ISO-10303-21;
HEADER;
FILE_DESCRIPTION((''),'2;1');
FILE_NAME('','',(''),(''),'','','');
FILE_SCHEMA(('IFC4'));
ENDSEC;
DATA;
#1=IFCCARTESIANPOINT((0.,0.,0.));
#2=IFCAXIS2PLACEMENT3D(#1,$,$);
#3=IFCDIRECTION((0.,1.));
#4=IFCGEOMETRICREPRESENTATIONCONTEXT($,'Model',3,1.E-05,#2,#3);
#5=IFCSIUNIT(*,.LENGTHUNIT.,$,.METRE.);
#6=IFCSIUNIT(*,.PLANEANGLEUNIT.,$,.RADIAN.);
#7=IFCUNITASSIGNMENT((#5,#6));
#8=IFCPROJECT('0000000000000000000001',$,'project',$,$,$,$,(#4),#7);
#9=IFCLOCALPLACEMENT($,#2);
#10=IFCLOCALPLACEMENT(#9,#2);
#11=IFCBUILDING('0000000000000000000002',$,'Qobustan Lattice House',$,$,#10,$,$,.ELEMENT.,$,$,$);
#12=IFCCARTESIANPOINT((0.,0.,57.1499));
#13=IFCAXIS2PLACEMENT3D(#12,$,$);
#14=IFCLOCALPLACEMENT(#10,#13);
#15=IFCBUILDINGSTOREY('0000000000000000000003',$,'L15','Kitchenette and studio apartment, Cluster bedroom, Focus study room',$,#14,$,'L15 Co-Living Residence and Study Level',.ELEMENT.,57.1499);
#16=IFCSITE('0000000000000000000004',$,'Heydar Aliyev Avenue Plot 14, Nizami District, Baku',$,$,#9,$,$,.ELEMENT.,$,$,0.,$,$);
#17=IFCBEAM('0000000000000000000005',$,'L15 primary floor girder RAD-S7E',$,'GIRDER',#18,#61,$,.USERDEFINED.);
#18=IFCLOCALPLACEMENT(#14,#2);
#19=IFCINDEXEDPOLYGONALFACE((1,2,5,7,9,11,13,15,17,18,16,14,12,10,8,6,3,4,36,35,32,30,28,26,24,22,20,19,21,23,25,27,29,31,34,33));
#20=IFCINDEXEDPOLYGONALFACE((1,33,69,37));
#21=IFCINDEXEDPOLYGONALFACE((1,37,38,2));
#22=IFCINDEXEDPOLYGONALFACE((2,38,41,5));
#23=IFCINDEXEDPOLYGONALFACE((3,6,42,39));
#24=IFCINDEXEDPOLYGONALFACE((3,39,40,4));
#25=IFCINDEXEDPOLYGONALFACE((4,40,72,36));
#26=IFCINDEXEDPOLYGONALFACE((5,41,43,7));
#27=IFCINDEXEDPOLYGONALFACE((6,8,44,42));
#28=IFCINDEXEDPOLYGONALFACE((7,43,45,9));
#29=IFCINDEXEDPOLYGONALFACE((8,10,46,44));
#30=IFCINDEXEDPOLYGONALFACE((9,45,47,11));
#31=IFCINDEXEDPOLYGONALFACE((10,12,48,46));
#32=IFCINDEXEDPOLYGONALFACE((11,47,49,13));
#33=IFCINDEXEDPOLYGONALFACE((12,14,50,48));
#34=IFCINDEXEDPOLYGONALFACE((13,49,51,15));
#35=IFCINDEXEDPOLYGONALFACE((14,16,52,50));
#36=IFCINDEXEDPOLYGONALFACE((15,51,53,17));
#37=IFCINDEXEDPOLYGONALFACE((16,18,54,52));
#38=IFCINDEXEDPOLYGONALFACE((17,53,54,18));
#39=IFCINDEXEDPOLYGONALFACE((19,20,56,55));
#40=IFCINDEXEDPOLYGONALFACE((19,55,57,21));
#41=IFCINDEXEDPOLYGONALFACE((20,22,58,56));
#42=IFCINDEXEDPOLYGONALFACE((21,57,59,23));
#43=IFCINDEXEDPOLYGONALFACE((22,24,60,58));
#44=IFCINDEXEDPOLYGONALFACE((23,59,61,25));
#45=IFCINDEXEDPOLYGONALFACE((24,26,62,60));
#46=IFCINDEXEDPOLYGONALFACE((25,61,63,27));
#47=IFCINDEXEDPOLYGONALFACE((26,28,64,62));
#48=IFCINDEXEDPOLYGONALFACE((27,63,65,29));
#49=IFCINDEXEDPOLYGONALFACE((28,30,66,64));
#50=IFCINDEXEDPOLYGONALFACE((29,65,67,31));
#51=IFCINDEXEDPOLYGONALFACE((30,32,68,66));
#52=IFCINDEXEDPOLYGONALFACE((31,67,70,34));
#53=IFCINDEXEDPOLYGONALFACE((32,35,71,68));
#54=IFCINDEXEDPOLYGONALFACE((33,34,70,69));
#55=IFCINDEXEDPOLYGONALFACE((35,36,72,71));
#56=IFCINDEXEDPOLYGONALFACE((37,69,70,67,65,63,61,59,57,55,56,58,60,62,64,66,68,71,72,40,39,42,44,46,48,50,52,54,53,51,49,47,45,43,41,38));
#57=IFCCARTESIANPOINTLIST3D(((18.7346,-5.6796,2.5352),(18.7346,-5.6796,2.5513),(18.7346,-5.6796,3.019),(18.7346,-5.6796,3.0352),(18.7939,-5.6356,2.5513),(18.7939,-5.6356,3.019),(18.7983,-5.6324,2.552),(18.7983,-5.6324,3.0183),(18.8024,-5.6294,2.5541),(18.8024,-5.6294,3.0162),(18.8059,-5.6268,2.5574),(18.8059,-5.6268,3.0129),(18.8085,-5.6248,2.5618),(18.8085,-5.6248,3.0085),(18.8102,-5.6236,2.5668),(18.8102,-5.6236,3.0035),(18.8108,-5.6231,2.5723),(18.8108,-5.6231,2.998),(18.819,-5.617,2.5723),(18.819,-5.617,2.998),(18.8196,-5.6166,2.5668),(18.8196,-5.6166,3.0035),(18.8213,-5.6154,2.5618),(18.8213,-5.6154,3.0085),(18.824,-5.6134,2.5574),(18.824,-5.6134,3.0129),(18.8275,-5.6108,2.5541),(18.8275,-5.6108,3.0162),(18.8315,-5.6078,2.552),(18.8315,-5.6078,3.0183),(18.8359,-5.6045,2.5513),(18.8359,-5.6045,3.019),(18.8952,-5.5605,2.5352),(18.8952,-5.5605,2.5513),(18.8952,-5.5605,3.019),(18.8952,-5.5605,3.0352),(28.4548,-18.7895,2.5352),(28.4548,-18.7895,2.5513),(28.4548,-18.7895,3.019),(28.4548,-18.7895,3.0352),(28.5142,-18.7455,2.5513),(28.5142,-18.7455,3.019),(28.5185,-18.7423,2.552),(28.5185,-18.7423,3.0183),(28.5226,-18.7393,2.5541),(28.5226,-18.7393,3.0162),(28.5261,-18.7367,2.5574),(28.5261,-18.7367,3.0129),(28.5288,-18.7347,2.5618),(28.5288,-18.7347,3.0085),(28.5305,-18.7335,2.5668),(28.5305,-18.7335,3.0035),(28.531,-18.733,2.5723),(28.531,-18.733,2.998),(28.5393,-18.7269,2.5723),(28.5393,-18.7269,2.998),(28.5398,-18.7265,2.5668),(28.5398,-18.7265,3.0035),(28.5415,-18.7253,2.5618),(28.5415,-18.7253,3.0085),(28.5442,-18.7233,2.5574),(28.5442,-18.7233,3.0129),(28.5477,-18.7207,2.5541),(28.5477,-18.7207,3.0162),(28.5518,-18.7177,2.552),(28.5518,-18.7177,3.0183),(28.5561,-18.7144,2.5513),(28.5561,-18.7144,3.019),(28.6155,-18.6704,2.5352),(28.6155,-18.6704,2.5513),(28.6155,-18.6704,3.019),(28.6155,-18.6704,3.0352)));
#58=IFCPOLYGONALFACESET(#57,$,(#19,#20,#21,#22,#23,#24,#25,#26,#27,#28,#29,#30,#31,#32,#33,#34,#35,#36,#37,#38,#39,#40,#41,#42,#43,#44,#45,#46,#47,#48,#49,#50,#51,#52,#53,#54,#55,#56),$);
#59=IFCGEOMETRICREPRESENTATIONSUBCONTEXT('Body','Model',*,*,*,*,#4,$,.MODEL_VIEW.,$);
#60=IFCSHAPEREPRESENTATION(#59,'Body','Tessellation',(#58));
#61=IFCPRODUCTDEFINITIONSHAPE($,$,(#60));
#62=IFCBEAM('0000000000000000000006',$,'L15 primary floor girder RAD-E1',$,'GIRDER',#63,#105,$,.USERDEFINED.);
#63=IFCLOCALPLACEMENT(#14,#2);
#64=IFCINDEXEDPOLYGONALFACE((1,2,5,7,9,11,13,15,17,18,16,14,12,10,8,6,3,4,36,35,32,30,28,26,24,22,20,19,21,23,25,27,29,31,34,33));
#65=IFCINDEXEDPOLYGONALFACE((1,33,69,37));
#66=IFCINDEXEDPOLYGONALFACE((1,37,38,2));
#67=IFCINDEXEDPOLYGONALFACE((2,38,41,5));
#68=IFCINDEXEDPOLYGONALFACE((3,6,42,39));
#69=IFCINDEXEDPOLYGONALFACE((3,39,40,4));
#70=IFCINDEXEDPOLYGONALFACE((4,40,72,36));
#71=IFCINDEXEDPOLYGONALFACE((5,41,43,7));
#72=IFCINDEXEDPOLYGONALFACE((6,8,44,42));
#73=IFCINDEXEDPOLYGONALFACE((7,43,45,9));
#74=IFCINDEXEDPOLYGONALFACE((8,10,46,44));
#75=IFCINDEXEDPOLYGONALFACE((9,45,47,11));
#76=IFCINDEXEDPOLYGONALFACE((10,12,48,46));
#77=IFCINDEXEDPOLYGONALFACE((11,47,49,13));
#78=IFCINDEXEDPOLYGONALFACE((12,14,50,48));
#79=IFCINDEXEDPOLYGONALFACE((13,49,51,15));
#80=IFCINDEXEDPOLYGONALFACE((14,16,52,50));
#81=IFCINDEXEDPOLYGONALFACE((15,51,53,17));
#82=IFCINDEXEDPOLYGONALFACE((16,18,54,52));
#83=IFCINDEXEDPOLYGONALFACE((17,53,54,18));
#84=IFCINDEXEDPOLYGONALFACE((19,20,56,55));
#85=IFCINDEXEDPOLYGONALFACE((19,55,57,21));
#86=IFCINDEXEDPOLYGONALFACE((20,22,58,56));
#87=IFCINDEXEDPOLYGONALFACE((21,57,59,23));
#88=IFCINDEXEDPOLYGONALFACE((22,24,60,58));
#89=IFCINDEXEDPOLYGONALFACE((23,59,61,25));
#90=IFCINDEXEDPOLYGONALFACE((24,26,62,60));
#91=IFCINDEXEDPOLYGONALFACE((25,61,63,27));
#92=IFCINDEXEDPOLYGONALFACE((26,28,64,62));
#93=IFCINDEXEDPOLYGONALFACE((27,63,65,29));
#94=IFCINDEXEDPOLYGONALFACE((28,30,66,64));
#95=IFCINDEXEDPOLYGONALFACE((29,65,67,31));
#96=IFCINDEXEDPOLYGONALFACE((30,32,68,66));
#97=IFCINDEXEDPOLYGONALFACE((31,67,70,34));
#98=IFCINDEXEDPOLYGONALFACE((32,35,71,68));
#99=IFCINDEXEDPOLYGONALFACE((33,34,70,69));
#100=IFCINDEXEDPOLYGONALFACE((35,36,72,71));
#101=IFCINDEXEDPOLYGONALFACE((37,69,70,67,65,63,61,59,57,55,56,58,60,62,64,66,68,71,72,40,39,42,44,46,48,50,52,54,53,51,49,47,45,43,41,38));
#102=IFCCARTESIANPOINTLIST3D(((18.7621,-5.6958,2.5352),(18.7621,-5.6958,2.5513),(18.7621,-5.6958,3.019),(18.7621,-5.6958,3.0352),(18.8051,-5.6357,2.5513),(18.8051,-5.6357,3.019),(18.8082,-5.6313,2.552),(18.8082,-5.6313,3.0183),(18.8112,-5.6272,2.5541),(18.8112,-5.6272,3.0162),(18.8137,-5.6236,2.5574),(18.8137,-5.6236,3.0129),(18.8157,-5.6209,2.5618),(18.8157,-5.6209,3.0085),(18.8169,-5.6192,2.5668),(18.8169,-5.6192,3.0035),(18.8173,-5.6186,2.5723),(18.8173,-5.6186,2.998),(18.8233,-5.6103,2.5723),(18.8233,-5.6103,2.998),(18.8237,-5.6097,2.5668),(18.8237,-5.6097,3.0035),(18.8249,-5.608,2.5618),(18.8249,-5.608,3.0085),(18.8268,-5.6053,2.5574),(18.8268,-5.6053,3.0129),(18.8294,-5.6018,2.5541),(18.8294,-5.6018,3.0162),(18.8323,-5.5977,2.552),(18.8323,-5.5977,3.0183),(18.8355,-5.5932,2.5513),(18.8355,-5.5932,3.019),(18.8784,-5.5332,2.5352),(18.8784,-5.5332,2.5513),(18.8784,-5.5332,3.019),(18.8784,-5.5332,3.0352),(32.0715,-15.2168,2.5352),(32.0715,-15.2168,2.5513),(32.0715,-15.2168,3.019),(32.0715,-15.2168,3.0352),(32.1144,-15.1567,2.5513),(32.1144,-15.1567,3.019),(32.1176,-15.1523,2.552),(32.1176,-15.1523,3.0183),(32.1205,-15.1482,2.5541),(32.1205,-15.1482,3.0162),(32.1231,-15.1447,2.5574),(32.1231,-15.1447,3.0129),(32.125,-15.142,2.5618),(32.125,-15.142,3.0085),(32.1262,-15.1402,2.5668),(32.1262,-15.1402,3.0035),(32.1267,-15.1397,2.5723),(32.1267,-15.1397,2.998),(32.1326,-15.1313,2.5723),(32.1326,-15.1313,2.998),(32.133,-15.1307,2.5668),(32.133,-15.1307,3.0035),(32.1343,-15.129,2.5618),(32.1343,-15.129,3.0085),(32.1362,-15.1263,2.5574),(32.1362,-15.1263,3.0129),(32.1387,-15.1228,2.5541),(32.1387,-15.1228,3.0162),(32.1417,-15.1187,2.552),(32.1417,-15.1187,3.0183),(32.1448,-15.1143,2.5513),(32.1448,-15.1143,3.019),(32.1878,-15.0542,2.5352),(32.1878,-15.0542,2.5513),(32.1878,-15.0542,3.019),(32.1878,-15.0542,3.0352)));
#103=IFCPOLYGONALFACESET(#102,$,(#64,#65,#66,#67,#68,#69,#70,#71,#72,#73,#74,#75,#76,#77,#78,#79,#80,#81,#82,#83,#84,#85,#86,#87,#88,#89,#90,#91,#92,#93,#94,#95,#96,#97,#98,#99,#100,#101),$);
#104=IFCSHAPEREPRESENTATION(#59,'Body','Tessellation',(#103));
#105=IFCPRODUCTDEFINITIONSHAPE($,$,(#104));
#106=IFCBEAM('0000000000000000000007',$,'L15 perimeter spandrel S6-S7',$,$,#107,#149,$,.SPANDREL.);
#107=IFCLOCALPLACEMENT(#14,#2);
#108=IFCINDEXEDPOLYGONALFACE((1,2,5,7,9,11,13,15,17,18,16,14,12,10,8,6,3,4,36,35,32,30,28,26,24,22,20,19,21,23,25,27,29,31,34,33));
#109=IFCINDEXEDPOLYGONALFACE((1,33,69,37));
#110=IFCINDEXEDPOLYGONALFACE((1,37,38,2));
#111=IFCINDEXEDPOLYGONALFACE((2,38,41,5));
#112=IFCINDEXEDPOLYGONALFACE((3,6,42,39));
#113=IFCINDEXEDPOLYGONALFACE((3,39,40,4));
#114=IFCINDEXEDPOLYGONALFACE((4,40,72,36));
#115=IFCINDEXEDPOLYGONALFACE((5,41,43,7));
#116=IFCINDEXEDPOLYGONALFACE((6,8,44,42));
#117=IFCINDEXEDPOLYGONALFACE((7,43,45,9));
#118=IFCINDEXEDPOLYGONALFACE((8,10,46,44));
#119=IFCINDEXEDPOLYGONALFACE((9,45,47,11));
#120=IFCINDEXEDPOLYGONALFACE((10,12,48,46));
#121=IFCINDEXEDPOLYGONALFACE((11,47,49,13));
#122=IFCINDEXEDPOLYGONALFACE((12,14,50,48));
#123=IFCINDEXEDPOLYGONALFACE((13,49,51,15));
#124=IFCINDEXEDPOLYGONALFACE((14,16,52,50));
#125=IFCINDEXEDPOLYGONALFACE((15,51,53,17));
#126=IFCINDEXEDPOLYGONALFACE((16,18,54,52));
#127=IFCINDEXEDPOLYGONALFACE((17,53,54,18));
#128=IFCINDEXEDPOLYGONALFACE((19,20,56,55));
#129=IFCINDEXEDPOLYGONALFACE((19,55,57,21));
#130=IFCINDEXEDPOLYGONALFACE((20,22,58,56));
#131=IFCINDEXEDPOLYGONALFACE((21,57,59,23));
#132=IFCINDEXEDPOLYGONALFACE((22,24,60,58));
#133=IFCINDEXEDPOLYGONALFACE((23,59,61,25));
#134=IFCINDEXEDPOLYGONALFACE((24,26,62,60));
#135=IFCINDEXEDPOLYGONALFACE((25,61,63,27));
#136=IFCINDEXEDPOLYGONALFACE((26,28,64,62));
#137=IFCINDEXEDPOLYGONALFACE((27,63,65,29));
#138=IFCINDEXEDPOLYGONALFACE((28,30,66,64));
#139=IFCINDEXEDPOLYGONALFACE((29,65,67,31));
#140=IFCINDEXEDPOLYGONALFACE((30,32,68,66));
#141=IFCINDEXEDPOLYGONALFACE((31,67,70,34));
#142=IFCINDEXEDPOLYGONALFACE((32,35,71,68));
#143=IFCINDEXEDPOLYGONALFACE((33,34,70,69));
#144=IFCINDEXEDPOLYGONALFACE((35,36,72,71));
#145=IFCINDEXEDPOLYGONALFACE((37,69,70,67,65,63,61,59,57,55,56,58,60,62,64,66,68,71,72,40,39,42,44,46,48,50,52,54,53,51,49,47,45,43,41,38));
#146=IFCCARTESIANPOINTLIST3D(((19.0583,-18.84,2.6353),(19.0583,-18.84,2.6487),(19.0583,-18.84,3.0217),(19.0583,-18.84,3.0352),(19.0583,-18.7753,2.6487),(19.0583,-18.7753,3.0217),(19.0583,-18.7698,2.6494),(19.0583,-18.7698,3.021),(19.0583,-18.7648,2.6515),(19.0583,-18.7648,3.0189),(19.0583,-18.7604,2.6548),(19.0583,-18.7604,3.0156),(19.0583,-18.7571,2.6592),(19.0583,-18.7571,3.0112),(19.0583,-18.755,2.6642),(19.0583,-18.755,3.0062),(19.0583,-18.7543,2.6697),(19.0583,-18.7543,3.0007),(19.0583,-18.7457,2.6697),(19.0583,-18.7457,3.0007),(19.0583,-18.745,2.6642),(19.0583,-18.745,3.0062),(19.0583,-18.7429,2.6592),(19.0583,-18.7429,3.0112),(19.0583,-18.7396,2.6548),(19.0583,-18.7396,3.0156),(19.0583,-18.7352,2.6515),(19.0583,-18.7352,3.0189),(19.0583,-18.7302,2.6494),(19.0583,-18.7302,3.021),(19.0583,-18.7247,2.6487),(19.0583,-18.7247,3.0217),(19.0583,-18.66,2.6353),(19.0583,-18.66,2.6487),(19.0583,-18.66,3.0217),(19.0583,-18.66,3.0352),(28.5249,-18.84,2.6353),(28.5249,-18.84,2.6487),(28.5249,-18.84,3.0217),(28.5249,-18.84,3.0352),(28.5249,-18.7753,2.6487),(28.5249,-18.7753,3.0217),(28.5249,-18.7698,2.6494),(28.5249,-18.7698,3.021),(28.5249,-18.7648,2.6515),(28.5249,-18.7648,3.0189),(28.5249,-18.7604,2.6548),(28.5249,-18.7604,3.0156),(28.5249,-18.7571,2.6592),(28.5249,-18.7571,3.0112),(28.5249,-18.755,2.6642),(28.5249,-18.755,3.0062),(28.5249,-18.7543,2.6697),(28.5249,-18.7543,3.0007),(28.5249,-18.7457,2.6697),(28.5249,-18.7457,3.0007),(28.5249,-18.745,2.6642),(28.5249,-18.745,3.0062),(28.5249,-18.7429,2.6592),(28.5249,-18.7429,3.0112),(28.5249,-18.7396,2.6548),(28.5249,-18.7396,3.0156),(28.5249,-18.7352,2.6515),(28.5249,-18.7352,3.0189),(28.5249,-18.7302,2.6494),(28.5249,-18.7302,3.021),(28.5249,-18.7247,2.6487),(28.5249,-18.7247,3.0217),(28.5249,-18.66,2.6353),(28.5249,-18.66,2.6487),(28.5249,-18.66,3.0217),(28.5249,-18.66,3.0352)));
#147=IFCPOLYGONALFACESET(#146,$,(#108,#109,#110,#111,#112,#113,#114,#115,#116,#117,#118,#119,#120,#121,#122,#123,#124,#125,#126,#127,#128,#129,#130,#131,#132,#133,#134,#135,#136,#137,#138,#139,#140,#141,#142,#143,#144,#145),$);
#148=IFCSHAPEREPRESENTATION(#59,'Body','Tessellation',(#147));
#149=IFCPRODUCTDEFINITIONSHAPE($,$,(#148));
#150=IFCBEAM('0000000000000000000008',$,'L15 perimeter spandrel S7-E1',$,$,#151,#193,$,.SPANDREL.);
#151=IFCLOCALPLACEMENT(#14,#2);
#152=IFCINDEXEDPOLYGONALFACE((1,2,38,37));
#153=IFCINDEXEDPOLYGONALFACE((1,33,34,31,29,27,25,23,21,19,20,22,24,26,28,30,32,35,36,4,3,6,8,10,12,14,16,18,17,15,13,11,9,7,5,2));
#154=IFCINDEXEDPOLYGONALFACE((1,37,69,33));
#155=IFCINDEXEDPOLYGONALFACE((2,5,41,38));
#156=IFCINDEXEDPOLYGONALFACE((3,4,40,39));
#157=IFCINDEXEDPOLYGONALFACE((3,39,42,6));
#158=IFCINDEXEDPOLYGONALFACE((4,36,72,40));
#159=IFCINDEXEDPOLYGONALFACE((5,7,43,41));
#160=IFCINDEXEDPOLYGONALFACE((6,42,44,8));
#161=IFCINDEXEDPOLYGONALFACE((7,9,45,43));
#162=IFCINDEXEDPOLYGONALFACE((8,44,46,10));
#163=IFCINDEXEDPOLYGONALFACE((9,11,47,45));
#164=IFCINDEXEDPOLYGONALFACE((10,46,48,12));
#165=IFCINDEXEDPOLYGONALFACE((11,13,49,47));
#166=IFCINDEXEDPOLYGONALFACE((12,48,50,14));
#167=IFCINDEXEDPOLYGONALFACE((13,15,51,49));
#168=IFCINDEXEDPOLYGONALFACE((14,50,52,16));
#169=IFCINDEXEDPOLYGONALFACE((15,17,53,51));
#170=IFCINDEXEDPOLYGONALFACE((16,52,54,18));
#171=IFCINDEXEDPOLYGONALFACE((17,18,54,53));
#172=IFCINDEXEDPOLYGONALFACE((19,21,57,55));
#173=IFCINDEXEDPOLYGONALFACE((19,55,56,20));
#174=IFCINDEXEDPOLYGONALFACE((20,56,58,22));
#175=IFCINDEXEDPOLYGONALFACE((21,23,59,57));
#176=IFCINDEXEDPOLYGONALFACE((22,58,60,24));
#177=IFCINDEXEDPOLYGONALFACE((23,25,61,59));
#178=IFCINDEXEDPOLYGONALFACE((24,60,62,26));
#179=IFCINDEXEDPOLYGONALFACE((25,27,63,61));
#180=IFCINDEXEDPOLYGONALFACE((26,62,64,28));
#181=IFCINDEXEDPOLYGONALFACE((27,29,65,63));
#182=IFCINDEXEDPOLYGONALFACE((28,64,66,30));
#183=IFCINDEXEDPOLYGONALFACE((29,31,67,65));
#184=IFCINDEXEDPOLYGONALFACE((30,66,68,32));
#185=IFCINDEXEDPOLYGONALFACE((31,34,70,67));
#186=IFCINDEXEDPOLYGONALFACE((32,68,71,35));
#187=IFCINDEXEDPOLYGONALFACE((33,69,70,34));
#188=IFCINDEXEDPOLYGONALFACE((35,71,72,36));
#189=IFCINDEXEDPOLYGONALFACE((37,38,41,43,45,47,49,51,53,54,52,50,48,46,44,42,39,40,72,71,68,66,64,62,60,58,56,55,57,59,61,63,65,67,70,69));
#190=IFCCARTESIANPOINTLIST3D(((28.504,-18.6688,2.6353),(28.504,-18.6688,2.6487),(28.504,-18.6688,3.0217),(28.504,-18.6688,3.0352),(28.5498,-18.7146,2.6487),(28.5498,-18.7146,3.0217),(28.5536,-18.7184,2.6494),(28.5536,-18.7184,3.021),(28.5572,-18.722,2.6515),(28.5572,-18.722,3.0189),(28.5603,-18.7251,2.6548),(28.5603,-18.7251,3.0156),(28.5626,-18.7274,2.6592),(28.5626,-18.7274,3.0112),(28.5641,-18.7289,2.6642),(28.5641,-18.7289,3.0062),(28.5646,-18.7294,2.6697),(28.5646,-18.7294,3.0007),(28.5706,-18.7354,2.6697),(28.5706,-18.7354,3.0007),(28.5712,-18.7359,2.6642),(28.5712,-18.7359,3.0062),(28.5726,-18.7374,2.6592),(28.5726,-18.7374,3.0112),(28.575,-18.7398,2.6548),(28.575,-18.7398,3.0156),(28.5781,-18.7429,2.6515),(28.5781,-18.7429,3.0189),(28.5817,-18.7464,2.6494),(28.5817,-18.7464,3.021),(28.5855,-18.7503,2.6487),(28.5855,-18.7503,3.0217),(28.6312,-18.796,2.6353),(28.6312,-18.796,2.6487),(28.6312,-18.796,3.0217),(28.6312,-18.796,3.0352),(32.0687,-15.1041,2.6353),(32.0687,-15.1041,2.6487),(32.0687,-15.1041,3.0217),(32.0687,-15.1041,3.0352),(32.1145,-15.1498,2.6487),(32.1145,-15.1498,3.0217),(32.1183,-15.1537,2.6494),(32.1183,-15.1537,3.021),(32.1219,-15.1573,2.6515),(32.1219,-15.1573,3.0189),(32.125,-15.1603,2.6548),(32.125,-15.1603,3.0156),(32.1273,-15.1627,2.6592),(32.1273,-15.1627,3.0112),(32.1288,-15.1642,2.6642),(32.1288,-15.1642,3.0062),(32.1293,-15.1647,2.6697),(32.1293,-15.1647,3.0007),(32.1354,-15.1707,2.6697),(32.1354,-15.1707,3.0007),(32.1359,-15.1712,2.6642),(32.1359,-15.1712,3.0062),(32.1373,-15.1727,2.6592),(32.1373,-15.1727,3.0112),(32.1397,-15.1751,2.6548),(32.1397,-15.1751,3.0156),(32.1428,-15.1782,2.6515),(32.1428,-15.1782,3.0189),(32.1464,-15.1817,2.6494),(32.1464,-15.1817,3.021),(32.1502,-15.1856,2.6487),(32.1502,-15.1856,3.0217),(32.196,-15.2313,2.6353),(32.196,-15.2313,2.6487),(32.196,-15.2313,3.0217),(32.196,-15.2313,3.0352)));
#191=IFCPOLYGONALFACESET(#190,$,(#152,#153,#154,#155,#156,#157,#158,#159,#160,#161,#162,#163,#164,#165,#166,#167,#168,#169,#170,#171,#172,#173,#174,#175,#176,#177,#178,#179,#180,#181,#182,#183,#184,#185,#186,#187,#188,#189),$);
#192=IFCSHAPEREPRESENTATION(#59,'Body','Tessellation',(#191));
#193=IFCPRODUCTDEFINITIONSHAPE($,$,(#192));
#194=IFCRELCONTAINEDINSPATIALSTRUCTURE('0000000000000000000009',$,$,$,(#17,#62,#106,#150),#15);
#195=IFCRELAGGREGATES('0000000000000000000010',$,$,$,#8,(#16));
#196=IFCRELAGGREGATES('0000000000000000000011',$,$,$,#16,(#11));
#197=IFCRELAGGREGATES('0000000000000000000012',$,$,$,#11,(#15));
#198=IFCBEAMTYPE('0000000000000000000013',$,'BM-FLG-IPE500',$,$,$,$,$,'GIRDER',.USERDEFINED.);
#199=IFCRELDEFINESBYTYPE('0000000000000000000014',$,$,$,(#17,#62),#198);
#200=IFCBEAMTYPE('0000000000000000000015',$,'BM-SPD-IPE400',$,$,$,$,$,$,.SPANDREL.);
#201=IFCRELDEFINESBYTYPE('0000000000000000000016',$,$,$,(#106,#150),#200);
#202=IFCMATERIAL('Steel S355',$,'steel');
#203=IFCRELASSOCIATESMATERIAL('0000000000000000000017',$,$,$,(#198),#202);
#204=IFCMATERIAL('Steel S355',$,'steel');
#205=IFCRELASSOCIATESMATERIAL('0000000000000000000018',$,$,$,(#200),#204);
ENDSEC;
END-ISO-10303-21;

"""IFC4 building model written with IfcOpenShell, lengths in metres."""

from ifc_helpers import new_model, si_unit, direction, frame, origin, origin_2d, place, context, subcontext, project, spatial, i_section, extrude, material, material_profile, profile_set, type_object, element, save


model = new_model("IFC4")

# Units and contexts
model_context = context("Model", 3, precision=1e-05, world=origin(), true_north=direction((0.0, 1.0)))
body_context = subcontext(model_context, "Body", "Model", "MODEL_VIEW")
ifc_project = project(units=[si_unit("LENGTHUNIT", "METRE"), si_unit("PLANEANGLEUNIT", "RADIAN")], contexts=[model_context])

# Site, building, storey
site_placement = place(None, origin())
site = spatial("IfcSite", under=ifc_project, at=site_placement, Name="Heydar Aliyev Avenue Plot 14, Nizami District, Baku", CompositionType="ELEMENT", RefElevation=0.0)
building_placement = place(site_placement, origin())
building = spatial("IfcBuilding", under=site, at=building_placement, Name="Qobustan Lattice House", CompositionType="ELEMENT")
storey_placement = place(building_placement, frame((0.0, 0.0, 57.1499)))
storey = spatial("IfcBuildingStorey", under=building, at=storey_placement, Name="L15", Description="Kitchenette and studio apartment, Cluster bedroom, Focus study room", LongName="L15 Co-Living Residence and Study Level", CompositionType="ELEMENT", Elevation=57.1499)

# Beams
ifc_material_1 = material(Name="Steel S355", Category="steel")
ifc_material_profile_1 = material_profile(ifc_material_1, i_section(OverallWidth=0.2, OverallDepth=0.5, WebThickness=0.0103, FlangeThickness=0.0161, FilletRadius=0.021, at=origin_2d()), Name="IPE500")
ifc_profile_set_1 = profile_set([ifc_material_profile_1], Name="Steel S355")
beam_type_1 = type_object("IfcBeamType", Name="BM-FLG-IPE500", ElementType="GIRDER", PredefinedType="USERDEFINED", material=ifc_profile_set_1)
beam_1_placement = place(storey_placement, frame((28.5352, -18.73, 2.7852), z_axis=(-0.595592, 0.803287, 0.0), x_axis=(-0.803287, -0.595592, 0.0)))
element("IfcBeam", 1, at=beam_1_placement, inside=storey, type_object=beam_type_1, Name="L15 primary floor girder RAD-S7E", ObjectType="GIRDER", PredefinedType="USERDEFINED", context=body_context, shape_type="SweptSolid", body=[
    extrude(i_section(OverallWidth=0.2, OverallDepth=0.5, WebThickness=0.0103, FlangeThickness=0.0161, FilletRadius=0.021, at=origin_2d()), origin(), (0.0, 0.0, 1.0), 16.3203),
])
beam_2_placement = place(storey_placement, frame((32.1296, -15.1355, 2.7852), z_axis=(-0.813319, 0.581818, 0.0), x_axis=(-0.581818, -0.813319, 0.0)))
element("IfcBeam", 2, at=beam_2_placement, inside=storey, type_object=beam_type_1, Name="L15 primary floor girder RAD-E1", ObjectType="GIRDER", PredefinedType="USERDEFINED", context=body_context, shape_type="SweptSolid", body=[
    extrude(i_section(OverallWidth=0.2, OverallDepth=0.5, WebThickness=0.0103, FlangeThickness=0.0161, FilletRadius=0.021, at=origin_2d()), origin(), (0.0, 0.0, 1.0), 16.3643),
])
ifc_material_2 = material(Name="Steel S355", Category="steel")
ifc_material_profile_2 = material_profile(ifc_material_2, i_section(OverallWidth=0.1799, OverallDepth=0.3999, WebThickness=0.0085, FlangeThickness=0.0134, FilletRadius=0.021, at=origin_2d()), Name="IPE400")
ifc_profile_set_2 = profile_set([ifc_material_profile_2], Name="Steel S355")
beam_type_2 = type_object("IfcBeamType", Name="BM-SPD-IPE400", PredefinedType="SPANDREL", material=ifc_profile_set_2)
beam_3_placement = place(storey_placement, frame((19.0583, -18.75, 2.8352), z_axis=(1.0, 0.0, 0.0), x_axis=(0.0, 1.0, 0.0)))
element("IfcBeam", 3, at=beam_3_placement, inside=storey, type_object=beam_type_2, Name="L15 perimeter spandrel S6-S7", PredefinedType="SPANDREL", context=body_context, shape_type="SweptSolid", body=[
    extrude(i_section(OverallWidth=0.1799, OverallDepth=0.3999, WebThickness=0.0085, FlangeThickness=0.0134, FilletRadius=0.021, at=origin_2d()), origin(), (0.0, 0.0, 1.0), 9.4666),
])
beam_4_placement = place(storey_placement, frame((28.5676, -18.7324, 2.8352), z_axis=(0.707107, 0.707107, 0.0), x_axis=(-0.707107, 0.707107, 0.0)))
element("IfcBeam", 4, at=beam_4_placement, inside=storey, type_object=beam_type_2, Name="L15 perimeter spandrel S7-E1", PredefinedType="SPANDREL", context=body_context, shape_type="SweptSolid", body=[
    extrude(i_section(OverallWidth=0.1799, OverallDepth=0.3999, WebThickness=0.0085, FlangeThickness=0.0134, FilletRadius=0.021, at=origin_2d()), origin(), (0.0, 0.0, 1.0), 5.0413),
])

save(model, "model.ifc")
